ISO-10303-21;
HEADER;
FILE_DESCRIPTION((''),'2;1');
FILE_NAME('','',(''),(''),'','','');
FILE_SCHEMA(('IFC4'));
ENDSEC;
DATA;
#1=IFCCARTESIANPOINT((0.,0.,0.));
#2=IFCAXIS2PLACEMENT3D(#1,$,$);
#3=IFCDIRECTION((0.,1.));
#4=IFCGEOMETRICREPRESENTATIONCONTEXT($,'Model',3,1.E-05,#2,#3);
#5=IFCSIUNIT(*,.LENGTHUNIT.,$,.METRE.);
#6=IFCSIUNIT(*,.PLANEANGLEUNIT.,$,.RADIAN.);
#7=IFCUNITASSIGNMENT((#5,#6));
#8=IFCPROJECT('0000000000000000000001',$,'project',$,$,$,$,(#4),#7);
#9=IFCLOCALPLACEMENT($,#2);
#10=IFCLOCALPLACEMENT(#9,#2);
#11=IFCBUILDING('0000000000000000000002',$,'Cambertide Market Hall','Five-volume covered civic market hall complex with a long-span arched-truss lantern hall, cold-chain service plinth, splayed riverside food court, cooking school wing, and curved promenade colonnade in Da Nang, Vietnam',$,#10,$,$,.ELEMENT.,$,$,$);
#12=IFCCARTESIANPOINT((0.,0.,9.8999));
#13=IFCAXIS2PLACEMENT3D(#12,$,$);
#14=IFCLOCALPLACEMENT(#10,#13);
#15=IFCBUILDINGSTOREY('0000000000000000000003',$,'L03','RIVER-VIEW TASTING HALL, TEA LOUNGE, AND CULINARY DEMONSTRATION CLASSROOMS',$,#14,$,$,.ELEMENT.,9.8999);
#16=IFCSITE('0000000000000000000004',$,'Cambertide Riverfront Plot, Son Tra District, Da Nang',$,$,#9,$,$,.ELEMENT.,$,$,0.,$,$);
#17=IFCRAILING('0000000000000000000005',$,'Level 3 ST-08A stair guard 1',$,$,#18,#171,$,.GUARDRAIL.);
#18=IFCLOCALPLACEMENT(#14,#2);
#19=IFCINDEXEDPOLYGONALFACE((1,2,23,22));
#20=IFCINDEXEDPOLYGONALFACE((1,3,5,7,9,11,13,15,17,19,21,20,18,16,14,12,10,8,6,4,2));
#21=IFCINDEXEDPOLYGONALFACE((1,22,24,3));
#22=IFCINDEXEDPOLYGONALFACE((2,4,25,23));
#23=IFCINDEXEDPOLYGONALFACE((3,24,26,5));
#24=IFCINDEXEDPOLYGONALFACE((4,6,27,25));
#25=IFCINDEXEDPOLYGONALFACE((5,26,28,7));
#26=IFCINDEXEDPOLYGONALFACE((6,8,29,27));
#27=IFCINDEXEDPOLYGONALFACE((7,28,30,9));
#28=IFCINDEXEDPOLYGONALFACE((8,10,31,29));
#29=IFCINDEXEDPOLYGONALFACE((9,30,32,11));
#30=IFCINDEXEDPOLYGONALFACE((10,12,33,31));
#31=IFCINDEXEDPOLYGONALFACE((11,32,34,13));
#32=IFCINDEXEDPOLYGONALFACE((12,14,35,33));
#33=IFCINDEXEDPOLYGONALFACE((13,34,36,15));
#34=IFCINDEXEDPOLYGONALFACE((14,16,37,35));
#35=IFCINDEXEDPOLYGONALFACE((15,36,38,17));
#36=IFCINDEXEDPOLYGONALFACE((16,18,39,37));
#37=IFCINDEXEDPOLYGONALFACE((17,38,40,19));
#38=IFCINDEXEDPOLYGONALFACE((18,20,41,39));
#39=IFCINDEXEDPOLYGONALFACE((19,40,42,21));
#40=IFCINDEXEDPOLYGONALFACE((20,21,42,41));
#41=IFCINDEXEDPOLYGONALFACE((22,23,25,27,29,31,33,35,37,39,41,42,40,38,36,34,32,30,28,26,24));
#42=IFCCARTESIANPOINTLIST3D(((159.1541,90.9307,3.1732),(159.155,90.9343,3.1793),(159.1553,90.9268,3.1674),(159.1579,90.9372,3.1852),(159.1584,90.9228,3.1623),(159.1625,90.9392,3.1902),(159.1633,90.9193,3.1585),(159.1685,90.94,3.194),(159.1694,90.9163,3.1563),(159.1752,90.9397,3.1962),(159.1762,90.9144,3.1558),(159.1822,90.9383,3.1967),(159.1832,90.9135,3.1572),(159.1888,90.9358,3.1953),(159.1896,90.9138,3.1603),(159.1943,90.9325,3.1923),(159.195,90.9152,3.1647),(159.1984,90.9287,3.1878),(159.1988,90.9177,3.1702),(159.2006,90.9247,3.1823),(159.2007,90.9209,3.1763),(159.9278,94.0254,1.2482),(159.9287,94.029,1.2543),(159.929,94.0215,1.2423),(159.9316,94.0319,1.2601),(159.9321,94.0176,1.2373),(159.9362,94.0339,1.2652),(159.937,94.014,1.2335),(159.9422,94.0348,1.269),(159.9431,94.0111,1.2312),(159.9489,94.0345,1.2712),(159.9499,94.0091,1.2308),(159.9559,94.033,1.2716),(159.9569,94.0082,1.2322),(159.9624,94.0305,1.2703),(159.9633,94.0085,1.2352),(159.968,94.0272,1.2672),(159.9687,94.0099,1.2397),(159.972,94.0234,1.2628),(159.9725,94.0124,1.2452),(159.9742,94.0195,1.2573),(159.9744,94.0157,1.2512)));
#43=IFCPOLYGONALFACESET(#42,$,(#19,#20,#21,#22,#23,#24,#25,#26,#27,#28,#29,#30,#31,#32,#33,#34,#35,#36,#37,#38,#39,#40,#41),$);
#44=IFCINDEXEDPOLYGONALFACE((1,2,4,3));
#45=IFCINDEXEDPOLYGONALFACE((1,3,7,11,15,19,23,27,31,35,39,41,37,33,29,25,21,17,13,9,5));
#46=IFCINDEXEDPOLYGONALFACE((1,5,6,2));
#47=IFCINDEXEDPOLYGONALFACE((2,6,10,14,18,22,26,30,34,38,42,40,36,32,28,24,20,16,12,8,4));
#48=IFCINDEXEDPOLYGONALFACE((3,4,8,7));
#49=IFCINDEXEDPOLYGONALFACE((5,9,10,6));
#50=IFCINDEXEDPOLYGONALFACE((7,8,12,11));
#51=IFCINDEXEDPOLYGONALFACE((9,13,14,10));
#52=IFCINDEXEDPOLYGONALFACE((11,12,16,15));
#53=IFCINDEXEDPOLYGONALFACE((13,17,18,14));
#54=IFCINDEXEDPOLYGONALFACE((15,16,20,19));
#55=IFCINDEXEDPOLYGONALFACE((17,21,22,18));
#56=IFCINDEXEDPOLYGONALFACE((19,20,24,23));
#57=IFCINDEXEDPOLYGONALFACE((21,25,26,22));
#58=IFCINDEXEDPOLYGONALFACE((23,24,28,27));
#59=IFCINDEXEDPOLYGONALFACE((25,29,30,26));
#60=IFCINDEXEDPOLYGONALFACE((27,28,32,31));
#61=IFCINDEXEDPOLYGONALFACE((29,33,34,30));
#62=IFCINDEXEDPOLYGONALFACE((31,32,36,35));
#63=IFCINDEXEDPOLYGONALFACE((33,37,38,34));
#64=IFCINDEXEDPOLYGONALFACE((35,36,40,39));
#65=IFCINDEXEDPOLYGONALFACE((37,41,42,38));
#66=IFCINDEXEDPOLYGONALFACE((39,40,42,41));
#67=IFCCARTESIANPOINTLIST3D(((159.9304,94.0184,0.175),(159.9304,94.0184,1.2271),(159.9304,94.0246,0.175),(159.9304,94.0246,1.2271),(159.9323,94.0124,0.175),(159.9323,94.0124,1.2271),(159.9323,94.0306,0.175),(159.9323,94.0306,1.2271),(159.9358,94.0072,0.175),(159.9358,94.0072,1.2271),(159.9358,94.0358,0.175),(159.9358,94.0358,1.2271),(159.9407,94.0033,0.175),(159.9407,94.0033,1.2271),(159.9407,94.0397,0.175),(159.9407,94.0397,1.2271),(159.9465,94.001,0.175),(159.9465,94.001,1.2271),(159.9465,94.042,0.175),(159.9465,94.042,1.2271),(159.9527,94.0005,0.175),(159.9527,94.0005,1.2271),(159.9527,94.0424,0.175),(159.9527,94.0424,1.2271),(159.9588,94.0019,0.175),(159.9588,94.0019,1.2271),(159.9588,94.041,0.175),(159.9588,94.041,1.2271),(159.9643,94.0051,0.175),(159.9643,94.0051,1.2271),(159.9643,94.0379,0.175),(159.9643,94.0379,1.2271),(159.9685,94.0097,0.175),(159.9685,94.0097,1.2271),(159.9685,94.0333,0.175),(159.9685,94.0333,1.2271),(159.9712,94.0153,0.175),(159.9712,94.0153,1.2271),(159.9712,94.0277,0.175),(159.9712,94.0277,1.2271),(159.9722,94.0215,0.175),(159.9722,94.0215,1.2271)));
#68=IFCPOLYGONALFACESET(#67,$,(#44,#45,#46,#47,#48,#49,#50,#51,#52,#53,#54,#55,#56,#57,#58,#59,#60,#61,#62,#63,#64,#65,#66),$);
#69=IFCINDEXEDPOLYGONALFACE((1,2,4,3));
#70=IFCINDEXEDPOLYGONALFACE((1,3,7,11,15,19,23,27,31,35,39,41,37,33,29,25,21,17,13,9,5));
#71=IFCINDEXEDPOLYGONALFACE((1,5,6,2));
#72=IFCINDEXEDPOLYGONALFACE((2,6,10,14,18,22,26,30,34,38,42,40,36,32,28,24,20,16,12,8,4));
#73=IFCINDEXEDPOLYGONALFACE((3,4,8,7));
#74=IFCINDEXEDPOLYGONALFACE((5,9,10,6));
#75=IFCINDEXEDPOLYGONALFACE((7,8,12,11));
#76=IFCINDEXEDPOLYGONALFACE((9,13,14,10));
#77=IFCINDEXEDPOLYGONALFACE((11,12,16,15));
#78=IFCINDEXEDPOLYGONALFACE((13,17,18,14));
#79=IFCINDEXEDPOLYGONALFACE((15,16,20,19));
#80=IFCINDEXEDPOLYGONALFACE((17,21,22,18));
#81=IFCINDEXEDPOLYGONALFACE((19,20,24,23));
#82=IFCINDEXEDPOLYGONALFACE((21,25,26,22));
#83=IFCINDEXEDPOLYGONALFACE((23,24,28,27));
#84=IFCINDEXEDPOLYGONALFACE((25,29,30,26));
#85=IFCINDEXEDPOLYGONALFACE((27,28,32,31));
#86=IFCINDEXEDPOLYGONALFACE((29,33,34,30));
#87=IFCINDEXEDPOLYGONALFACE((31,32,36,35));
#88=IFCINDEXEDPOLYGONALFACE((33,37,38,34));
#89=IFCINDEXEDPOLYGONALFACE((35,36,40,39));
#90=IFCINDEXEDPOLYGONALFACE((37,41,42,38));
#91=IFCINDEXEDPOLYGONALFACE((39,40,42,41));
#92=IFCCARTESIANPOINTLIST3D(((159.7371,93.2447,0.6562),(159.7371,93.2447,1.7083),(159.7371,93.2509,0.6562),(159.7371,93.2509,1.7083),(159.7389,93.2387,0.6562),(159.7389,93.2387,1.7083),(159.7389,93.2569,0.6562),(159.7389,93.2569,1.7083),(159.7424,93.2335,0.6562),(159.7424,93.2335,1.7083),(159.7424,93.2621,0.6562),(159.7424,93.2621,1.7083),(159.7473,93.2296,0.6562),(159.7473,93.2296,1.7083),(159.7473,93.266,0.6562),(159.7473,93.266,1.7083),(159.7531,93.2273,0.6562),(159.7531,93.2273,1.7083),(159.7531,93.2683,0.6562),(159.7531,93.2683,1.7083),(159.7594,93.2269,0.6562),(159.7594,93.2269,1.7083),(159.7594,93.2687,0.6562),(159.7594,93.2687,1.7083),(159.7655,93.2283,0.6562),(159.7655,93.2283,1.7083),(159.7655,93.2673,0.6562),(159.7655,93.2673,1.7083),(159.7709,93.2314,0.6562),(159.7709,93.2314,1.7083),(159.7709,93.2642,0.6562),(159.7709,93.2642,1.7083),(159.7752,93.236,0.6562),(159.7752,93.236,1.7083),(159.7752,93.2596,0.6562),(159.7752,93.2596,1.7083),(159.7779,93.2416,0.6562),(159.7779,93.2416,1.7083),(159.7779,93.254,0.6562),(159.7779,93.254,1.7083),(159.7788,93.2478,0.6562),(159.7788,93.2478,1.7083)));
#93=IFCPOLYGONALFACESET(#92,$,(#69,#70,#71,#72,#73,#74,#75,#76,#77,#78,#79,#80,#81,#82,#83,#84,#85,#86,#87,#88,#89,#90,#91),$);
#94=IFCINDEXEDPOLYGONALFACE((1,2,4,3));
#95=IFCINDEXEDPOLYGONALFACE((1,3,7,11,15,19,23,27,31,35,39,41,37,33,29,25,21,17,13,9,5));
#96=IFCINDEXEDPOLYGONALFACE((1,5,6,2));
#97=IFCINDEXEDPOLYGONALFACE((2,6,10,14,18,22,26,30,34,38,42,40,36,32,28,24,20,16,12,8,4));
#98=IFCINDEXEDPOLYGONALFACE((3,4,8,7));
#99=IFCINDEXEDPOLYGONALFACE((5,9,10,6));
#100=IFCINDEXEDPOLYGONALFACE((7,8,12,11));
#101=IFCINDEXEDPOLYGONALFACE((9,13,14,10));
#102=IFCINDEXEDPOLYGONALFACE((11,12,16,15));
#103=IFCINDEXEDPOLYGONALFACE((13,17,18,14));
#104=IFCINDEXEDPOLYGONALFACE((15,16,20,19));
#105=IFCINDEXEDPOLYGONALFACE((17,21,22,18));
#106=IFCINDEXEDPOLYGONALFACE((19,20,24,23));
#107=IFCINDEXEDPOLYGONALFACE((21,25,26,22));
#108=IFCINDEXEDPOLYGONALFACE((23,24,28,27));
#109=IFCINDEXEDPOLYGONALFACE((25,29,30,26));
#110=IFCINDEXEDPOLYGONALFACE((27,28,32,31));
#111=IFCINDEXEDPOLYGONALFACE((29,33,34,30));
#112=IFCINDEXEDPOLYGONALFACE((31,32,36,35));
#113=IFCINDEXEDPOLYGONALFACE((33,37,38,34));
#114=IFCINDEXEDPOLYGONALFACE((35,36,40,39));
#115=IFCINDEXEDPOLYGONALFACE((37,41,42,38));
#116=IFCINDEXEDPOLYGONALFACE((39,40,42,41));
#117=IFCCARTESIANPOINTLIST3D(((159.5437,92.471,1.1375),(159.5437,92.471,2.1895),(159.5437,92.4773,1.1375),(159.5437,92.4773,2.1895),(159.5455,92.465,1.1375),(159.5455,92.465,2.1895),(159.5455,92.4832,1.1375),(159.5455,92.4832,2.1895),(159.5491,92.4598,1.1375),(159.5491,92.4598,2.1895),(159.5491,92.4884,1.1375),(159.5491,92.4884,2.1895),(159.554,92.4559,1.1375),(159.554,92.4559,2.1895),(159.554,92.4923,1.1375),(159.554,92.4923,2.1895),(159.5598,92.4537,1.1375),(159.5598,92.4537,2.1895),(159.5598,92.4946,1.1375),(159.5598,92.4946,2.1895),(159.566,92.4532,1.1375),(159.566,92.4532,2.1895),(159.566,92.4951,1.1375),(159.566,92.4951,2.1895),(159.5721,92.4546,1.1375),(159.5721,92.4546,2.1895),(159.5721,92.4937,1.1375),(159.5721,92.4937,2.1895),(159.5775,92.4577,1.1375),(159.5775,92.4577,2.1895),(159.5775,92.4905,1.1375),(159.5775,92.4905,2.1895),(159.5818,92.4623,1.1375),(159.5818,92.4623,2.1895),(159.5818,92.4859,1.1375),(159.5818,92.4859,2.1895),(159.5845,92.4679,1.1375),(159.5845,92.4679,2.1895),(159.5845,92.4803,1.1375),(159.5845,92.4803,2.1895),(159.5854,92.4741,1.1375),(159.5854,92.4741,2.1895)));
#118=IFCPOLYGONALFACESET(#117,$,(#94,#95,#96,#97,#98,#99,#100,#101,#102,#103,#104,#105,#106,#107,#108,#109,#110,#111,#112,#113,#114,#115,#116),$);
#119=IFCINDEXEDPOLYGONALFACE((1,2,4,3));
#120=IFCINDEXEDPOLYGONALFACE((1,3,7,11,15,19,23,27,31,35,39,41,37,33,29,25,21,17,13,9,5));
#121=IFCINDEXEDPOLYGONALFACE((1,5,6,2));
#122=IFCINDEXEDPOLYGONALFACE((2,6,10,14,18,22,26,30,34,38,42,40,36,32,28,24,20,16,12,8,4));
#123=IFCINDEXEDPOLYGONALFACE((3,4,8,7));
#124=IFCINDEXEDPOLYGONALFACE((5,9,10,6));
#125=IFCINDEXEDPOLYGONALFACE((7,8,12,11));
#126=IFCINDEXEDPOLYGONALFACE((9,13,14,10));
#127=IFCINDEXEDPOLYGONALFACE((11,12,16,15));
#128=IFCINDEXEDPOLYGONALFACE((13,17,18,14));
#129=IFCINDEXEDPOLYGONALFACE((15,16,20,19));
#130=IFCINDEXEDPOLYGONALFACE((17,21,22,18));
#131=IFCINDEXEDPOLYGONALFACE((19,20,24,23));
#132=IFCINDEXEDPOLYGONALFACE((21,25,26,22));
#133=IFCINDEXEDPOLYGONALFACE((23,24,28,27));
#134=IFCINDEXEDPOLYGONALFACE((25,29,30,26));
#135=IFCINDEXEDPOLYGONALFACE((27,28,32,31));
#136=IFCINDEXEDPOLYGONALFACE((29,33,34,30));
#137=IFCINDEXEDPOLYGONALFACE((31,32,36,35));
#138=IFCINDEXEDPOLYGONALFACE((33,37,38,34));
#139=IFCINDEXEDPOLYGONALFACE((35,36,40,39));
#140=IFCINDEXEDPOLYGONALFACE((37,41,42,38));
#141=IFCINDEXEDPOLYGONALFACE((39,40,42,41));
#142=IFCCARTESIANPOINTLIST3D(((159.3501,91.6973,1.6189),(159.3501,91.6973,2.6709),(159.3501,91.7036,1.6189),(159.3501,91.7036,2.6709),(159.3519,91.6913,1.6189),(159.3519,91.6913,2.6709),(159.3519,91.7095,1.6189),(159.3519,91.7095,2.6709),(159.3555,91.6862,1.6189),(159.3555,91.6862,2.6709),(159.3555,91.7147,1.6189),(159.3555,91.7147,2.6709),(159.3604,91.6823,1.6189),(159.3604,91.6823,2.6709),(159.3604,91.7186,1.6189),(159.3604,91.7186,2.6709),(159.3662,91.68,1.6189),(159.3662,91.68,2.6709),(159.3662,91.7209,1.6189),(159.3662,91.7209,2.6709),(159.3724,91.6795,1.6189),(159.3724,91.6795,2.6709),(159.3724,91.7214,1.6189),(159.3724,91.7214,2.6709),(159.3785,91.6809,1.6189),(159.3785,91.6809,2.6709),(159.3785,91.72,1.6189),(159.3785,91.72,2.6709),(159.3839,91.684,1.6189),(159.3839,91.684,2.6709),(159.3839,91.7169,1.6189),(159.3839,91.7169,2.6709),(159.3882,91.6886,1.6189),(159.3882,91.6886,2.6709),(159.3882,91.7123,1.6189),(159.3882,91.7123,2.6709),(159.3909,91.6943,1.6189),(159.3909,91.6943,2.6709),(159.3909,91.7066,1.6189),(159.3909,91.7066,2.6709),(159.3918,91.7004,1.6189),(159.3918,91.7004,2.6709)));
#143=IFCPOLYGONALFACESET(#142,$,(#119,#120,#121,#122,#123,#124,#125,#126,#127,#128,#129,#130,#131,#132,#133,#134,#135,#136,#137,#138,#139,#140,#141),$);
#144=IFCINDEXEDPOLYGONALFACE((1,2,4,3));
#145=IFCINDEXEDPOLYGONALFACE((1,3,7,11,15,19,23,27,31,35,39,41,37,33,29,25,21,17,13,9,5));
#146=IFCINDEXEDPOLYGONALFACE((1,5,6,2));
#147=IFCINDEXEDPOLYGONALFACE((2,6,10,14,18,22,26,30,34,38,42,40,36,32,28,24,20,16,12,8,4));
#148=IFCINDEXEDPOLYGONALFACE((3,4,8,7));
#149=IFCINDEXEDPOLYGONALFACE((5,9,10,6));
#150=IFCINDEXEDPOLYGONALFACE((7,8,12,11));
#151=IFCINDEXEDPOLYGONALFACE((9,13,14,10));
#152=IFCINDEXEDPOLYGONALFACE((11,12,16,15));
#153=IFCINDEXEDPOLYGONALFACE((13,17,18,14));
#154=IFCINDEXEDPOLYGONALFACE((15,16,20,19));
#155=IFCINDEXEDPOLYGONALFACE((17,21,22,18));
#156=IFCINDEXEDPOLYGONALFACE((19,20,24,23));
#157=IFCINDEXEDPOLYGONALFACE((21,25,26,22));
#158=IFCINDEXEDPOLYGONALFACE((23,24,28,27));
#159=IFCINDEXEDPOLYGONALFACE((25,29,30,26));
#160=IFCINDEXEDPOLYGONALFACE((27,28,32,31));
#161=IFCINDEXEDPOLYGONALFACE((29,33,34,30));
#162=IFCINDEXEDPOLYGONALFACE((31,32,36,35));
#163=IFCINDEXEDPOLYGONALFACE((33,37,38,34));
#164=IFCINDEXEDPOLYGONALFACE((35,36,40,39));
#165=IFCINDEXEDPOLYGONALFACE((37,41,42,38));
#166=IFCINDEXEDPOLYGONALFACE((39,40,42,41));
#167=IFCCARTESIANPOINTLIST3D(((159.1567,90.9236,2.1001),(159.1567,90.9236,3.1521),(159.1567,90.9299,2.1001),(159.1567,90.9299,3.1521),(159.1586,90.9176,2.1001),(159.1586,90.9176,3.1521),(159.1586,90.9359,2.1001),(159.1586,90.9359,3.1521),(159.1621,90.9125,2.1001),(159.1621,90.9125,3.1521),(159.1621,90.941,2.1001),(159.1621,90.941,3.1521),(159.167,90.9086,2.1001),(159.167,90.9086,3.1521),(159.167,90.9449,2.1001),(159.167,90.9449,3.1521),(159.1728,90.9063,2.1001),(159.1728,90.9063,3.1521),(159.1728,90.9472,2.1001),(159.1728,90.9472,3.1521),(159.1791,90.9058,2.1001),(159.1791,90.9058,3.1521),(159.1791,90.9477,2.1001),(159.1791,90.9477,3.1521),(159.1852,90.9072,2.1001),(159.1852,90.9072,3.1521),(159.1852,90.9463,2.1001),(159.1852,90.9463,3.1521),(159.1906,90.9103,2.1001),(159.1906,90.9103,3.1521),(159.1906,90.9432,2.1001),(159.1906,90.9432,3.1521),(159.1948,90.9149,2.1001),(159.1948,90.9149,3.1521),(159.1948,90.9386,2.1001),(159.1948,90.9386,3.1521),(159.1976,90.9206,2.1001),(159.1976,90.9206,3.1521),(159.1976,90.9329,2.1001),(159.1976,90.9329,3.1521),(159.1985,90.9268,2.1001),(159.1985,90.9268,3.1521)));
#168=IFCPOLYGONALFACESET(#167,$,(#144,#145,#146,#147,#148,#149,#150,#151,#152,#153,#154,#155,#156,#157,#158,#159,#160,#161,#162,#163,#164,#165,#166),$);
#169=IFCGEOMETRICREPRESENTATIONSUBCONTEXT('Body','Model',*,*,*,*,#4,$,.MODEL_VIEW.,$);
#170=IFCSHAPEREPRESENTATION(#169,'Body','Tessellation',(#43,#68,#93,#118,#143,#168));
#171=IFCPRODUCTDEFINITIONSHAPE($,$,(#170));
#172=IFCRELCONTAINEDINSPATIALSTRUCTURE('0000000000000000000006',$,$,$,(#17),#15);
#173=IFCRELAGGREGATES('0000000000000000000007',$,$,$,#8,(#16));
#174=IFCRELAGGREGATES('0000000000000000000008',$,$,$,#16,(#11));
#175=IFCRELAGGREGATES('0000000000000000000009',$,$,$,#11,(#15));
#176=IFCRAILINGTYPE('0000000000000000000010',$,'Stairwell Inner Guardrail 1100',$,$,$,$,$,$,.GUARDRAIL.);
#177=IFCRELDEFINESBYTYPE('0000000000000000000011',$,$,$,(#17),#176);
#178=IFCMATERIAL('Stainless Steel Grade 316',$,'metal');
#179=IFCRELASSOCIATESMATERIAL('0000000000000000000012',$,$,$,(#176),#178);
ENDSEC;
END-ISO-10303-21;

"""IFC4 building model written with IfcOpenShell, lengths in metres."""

from ifc_helpers import new_model, si_unit, direction, frame, origin, origin_2d, place, context, subcontext, project, spatial, circle, extrude, material, type_object, element, save


model = new_model("IFC4")

# Units and contexts
model_context = context("Model", 3, precision=1e-05, world=origin(), true_north=direction((0.0, 1.0)))
body_context = subcontext(model_context, "Body", "Model", "MODEL_VIEW")
ifc_project = project(units=[si_unit("LENGTHUNIT", "METRE"), si_unit("PLANEANGLEUNIT", "RADIAN")], contexts=[model_context])

# Site, building, storey
site_placement = place(None, origin())
site = spatial("IfcSite", under=ifc_project, at=site_placement, Name="Cambertide Riverfront Plot, Son Tra District, Da Nang", CompositionType="ELEMENT", RefElevation=0.0)
building_placement = place(site_placement, origin())
building = spatial("IfcBuilding", under=site, at=building_placement, Name="Cambertide Market Hall", Description="Five-volume covered civic market hall complex with a long-span arched-truss lantern hall, cold-chain service plinth, splayed riverside food court, cooking school wing, and curved promenade colonnade in Da Nang, Vietnam", CompositionType="ELEMENT")
storey_placement = place(building_placement, frame((0.0, 0.0, 9.8999)))
storey = spatial("IfcBuildingStorey", under=building, at=storey_placement, Name="L03", Description="RIVER-VIEW TASTING HALL, TEA LOUNGE, AND CULINARY DEMONSTRATION CLASSROOMS", CompositionType="ELEMENT", Elevation=9.8999)

# Railing
ifc_material_1 = material(Name="Stainless Steel Grade 316", Category="metal")
railing_type_1 = type_object("IfcRailingType", Name="Stairwell Inner Guardrail 1100", PredefinedType="GUARDRAIL", material=ifc_material_1)
railing_1_placement = place(storey_placement, frame((159.9512, 94.0215, 0.175)))
element("IfcRailing", 1, at=railing_1_placement, inside=storey, type_object=railing_type_1, Name="Level 3 ST-08A stair guard 1", PredefinedType="GUARDRAIL", context=body_context, shape_type="SweptSolid", body=[
    extrude(circle(Radius=0.0239, at=origin_2d()), frame((0.0, 0.0, 1.0762), z_axis=(-0.207654, -0.830616, 0.516678), x_axis=(0.970143, -0.242536, 0.0)), (0.0, 0.0, 1.0), 3.7258),
    extrude(circle(Radius=0.021, at=origin_2d()), origin(), (0.0, 0.0, 1.0), 1.052),
    extrude(circle(Radius=0.021, at=origin_2d()), frame((-0.1934, -0.7737, 0.4812)), (0.0, 0.0, 1.0), 1.052),
    extrude(circle(Radius=0.021, at=origin_2d()), frame((-0.3867, -1.5474, 0.9624)), (0.0, 0.0, 1.0), 1.052),
    extrude(circle(Radius=0.021, at=origin_2d()), frame((-0.5803, -2.321, 1.4438)), (0.0, 0.0, 1.0), 1.052),
    extrude(circle(Radius=0.021, at=origin_2d()), frame((-0.7737, -3.0947, 1.925)), (0.0, 0.0, 1.0), 1.052),
])

save(model, "model.ifc")
